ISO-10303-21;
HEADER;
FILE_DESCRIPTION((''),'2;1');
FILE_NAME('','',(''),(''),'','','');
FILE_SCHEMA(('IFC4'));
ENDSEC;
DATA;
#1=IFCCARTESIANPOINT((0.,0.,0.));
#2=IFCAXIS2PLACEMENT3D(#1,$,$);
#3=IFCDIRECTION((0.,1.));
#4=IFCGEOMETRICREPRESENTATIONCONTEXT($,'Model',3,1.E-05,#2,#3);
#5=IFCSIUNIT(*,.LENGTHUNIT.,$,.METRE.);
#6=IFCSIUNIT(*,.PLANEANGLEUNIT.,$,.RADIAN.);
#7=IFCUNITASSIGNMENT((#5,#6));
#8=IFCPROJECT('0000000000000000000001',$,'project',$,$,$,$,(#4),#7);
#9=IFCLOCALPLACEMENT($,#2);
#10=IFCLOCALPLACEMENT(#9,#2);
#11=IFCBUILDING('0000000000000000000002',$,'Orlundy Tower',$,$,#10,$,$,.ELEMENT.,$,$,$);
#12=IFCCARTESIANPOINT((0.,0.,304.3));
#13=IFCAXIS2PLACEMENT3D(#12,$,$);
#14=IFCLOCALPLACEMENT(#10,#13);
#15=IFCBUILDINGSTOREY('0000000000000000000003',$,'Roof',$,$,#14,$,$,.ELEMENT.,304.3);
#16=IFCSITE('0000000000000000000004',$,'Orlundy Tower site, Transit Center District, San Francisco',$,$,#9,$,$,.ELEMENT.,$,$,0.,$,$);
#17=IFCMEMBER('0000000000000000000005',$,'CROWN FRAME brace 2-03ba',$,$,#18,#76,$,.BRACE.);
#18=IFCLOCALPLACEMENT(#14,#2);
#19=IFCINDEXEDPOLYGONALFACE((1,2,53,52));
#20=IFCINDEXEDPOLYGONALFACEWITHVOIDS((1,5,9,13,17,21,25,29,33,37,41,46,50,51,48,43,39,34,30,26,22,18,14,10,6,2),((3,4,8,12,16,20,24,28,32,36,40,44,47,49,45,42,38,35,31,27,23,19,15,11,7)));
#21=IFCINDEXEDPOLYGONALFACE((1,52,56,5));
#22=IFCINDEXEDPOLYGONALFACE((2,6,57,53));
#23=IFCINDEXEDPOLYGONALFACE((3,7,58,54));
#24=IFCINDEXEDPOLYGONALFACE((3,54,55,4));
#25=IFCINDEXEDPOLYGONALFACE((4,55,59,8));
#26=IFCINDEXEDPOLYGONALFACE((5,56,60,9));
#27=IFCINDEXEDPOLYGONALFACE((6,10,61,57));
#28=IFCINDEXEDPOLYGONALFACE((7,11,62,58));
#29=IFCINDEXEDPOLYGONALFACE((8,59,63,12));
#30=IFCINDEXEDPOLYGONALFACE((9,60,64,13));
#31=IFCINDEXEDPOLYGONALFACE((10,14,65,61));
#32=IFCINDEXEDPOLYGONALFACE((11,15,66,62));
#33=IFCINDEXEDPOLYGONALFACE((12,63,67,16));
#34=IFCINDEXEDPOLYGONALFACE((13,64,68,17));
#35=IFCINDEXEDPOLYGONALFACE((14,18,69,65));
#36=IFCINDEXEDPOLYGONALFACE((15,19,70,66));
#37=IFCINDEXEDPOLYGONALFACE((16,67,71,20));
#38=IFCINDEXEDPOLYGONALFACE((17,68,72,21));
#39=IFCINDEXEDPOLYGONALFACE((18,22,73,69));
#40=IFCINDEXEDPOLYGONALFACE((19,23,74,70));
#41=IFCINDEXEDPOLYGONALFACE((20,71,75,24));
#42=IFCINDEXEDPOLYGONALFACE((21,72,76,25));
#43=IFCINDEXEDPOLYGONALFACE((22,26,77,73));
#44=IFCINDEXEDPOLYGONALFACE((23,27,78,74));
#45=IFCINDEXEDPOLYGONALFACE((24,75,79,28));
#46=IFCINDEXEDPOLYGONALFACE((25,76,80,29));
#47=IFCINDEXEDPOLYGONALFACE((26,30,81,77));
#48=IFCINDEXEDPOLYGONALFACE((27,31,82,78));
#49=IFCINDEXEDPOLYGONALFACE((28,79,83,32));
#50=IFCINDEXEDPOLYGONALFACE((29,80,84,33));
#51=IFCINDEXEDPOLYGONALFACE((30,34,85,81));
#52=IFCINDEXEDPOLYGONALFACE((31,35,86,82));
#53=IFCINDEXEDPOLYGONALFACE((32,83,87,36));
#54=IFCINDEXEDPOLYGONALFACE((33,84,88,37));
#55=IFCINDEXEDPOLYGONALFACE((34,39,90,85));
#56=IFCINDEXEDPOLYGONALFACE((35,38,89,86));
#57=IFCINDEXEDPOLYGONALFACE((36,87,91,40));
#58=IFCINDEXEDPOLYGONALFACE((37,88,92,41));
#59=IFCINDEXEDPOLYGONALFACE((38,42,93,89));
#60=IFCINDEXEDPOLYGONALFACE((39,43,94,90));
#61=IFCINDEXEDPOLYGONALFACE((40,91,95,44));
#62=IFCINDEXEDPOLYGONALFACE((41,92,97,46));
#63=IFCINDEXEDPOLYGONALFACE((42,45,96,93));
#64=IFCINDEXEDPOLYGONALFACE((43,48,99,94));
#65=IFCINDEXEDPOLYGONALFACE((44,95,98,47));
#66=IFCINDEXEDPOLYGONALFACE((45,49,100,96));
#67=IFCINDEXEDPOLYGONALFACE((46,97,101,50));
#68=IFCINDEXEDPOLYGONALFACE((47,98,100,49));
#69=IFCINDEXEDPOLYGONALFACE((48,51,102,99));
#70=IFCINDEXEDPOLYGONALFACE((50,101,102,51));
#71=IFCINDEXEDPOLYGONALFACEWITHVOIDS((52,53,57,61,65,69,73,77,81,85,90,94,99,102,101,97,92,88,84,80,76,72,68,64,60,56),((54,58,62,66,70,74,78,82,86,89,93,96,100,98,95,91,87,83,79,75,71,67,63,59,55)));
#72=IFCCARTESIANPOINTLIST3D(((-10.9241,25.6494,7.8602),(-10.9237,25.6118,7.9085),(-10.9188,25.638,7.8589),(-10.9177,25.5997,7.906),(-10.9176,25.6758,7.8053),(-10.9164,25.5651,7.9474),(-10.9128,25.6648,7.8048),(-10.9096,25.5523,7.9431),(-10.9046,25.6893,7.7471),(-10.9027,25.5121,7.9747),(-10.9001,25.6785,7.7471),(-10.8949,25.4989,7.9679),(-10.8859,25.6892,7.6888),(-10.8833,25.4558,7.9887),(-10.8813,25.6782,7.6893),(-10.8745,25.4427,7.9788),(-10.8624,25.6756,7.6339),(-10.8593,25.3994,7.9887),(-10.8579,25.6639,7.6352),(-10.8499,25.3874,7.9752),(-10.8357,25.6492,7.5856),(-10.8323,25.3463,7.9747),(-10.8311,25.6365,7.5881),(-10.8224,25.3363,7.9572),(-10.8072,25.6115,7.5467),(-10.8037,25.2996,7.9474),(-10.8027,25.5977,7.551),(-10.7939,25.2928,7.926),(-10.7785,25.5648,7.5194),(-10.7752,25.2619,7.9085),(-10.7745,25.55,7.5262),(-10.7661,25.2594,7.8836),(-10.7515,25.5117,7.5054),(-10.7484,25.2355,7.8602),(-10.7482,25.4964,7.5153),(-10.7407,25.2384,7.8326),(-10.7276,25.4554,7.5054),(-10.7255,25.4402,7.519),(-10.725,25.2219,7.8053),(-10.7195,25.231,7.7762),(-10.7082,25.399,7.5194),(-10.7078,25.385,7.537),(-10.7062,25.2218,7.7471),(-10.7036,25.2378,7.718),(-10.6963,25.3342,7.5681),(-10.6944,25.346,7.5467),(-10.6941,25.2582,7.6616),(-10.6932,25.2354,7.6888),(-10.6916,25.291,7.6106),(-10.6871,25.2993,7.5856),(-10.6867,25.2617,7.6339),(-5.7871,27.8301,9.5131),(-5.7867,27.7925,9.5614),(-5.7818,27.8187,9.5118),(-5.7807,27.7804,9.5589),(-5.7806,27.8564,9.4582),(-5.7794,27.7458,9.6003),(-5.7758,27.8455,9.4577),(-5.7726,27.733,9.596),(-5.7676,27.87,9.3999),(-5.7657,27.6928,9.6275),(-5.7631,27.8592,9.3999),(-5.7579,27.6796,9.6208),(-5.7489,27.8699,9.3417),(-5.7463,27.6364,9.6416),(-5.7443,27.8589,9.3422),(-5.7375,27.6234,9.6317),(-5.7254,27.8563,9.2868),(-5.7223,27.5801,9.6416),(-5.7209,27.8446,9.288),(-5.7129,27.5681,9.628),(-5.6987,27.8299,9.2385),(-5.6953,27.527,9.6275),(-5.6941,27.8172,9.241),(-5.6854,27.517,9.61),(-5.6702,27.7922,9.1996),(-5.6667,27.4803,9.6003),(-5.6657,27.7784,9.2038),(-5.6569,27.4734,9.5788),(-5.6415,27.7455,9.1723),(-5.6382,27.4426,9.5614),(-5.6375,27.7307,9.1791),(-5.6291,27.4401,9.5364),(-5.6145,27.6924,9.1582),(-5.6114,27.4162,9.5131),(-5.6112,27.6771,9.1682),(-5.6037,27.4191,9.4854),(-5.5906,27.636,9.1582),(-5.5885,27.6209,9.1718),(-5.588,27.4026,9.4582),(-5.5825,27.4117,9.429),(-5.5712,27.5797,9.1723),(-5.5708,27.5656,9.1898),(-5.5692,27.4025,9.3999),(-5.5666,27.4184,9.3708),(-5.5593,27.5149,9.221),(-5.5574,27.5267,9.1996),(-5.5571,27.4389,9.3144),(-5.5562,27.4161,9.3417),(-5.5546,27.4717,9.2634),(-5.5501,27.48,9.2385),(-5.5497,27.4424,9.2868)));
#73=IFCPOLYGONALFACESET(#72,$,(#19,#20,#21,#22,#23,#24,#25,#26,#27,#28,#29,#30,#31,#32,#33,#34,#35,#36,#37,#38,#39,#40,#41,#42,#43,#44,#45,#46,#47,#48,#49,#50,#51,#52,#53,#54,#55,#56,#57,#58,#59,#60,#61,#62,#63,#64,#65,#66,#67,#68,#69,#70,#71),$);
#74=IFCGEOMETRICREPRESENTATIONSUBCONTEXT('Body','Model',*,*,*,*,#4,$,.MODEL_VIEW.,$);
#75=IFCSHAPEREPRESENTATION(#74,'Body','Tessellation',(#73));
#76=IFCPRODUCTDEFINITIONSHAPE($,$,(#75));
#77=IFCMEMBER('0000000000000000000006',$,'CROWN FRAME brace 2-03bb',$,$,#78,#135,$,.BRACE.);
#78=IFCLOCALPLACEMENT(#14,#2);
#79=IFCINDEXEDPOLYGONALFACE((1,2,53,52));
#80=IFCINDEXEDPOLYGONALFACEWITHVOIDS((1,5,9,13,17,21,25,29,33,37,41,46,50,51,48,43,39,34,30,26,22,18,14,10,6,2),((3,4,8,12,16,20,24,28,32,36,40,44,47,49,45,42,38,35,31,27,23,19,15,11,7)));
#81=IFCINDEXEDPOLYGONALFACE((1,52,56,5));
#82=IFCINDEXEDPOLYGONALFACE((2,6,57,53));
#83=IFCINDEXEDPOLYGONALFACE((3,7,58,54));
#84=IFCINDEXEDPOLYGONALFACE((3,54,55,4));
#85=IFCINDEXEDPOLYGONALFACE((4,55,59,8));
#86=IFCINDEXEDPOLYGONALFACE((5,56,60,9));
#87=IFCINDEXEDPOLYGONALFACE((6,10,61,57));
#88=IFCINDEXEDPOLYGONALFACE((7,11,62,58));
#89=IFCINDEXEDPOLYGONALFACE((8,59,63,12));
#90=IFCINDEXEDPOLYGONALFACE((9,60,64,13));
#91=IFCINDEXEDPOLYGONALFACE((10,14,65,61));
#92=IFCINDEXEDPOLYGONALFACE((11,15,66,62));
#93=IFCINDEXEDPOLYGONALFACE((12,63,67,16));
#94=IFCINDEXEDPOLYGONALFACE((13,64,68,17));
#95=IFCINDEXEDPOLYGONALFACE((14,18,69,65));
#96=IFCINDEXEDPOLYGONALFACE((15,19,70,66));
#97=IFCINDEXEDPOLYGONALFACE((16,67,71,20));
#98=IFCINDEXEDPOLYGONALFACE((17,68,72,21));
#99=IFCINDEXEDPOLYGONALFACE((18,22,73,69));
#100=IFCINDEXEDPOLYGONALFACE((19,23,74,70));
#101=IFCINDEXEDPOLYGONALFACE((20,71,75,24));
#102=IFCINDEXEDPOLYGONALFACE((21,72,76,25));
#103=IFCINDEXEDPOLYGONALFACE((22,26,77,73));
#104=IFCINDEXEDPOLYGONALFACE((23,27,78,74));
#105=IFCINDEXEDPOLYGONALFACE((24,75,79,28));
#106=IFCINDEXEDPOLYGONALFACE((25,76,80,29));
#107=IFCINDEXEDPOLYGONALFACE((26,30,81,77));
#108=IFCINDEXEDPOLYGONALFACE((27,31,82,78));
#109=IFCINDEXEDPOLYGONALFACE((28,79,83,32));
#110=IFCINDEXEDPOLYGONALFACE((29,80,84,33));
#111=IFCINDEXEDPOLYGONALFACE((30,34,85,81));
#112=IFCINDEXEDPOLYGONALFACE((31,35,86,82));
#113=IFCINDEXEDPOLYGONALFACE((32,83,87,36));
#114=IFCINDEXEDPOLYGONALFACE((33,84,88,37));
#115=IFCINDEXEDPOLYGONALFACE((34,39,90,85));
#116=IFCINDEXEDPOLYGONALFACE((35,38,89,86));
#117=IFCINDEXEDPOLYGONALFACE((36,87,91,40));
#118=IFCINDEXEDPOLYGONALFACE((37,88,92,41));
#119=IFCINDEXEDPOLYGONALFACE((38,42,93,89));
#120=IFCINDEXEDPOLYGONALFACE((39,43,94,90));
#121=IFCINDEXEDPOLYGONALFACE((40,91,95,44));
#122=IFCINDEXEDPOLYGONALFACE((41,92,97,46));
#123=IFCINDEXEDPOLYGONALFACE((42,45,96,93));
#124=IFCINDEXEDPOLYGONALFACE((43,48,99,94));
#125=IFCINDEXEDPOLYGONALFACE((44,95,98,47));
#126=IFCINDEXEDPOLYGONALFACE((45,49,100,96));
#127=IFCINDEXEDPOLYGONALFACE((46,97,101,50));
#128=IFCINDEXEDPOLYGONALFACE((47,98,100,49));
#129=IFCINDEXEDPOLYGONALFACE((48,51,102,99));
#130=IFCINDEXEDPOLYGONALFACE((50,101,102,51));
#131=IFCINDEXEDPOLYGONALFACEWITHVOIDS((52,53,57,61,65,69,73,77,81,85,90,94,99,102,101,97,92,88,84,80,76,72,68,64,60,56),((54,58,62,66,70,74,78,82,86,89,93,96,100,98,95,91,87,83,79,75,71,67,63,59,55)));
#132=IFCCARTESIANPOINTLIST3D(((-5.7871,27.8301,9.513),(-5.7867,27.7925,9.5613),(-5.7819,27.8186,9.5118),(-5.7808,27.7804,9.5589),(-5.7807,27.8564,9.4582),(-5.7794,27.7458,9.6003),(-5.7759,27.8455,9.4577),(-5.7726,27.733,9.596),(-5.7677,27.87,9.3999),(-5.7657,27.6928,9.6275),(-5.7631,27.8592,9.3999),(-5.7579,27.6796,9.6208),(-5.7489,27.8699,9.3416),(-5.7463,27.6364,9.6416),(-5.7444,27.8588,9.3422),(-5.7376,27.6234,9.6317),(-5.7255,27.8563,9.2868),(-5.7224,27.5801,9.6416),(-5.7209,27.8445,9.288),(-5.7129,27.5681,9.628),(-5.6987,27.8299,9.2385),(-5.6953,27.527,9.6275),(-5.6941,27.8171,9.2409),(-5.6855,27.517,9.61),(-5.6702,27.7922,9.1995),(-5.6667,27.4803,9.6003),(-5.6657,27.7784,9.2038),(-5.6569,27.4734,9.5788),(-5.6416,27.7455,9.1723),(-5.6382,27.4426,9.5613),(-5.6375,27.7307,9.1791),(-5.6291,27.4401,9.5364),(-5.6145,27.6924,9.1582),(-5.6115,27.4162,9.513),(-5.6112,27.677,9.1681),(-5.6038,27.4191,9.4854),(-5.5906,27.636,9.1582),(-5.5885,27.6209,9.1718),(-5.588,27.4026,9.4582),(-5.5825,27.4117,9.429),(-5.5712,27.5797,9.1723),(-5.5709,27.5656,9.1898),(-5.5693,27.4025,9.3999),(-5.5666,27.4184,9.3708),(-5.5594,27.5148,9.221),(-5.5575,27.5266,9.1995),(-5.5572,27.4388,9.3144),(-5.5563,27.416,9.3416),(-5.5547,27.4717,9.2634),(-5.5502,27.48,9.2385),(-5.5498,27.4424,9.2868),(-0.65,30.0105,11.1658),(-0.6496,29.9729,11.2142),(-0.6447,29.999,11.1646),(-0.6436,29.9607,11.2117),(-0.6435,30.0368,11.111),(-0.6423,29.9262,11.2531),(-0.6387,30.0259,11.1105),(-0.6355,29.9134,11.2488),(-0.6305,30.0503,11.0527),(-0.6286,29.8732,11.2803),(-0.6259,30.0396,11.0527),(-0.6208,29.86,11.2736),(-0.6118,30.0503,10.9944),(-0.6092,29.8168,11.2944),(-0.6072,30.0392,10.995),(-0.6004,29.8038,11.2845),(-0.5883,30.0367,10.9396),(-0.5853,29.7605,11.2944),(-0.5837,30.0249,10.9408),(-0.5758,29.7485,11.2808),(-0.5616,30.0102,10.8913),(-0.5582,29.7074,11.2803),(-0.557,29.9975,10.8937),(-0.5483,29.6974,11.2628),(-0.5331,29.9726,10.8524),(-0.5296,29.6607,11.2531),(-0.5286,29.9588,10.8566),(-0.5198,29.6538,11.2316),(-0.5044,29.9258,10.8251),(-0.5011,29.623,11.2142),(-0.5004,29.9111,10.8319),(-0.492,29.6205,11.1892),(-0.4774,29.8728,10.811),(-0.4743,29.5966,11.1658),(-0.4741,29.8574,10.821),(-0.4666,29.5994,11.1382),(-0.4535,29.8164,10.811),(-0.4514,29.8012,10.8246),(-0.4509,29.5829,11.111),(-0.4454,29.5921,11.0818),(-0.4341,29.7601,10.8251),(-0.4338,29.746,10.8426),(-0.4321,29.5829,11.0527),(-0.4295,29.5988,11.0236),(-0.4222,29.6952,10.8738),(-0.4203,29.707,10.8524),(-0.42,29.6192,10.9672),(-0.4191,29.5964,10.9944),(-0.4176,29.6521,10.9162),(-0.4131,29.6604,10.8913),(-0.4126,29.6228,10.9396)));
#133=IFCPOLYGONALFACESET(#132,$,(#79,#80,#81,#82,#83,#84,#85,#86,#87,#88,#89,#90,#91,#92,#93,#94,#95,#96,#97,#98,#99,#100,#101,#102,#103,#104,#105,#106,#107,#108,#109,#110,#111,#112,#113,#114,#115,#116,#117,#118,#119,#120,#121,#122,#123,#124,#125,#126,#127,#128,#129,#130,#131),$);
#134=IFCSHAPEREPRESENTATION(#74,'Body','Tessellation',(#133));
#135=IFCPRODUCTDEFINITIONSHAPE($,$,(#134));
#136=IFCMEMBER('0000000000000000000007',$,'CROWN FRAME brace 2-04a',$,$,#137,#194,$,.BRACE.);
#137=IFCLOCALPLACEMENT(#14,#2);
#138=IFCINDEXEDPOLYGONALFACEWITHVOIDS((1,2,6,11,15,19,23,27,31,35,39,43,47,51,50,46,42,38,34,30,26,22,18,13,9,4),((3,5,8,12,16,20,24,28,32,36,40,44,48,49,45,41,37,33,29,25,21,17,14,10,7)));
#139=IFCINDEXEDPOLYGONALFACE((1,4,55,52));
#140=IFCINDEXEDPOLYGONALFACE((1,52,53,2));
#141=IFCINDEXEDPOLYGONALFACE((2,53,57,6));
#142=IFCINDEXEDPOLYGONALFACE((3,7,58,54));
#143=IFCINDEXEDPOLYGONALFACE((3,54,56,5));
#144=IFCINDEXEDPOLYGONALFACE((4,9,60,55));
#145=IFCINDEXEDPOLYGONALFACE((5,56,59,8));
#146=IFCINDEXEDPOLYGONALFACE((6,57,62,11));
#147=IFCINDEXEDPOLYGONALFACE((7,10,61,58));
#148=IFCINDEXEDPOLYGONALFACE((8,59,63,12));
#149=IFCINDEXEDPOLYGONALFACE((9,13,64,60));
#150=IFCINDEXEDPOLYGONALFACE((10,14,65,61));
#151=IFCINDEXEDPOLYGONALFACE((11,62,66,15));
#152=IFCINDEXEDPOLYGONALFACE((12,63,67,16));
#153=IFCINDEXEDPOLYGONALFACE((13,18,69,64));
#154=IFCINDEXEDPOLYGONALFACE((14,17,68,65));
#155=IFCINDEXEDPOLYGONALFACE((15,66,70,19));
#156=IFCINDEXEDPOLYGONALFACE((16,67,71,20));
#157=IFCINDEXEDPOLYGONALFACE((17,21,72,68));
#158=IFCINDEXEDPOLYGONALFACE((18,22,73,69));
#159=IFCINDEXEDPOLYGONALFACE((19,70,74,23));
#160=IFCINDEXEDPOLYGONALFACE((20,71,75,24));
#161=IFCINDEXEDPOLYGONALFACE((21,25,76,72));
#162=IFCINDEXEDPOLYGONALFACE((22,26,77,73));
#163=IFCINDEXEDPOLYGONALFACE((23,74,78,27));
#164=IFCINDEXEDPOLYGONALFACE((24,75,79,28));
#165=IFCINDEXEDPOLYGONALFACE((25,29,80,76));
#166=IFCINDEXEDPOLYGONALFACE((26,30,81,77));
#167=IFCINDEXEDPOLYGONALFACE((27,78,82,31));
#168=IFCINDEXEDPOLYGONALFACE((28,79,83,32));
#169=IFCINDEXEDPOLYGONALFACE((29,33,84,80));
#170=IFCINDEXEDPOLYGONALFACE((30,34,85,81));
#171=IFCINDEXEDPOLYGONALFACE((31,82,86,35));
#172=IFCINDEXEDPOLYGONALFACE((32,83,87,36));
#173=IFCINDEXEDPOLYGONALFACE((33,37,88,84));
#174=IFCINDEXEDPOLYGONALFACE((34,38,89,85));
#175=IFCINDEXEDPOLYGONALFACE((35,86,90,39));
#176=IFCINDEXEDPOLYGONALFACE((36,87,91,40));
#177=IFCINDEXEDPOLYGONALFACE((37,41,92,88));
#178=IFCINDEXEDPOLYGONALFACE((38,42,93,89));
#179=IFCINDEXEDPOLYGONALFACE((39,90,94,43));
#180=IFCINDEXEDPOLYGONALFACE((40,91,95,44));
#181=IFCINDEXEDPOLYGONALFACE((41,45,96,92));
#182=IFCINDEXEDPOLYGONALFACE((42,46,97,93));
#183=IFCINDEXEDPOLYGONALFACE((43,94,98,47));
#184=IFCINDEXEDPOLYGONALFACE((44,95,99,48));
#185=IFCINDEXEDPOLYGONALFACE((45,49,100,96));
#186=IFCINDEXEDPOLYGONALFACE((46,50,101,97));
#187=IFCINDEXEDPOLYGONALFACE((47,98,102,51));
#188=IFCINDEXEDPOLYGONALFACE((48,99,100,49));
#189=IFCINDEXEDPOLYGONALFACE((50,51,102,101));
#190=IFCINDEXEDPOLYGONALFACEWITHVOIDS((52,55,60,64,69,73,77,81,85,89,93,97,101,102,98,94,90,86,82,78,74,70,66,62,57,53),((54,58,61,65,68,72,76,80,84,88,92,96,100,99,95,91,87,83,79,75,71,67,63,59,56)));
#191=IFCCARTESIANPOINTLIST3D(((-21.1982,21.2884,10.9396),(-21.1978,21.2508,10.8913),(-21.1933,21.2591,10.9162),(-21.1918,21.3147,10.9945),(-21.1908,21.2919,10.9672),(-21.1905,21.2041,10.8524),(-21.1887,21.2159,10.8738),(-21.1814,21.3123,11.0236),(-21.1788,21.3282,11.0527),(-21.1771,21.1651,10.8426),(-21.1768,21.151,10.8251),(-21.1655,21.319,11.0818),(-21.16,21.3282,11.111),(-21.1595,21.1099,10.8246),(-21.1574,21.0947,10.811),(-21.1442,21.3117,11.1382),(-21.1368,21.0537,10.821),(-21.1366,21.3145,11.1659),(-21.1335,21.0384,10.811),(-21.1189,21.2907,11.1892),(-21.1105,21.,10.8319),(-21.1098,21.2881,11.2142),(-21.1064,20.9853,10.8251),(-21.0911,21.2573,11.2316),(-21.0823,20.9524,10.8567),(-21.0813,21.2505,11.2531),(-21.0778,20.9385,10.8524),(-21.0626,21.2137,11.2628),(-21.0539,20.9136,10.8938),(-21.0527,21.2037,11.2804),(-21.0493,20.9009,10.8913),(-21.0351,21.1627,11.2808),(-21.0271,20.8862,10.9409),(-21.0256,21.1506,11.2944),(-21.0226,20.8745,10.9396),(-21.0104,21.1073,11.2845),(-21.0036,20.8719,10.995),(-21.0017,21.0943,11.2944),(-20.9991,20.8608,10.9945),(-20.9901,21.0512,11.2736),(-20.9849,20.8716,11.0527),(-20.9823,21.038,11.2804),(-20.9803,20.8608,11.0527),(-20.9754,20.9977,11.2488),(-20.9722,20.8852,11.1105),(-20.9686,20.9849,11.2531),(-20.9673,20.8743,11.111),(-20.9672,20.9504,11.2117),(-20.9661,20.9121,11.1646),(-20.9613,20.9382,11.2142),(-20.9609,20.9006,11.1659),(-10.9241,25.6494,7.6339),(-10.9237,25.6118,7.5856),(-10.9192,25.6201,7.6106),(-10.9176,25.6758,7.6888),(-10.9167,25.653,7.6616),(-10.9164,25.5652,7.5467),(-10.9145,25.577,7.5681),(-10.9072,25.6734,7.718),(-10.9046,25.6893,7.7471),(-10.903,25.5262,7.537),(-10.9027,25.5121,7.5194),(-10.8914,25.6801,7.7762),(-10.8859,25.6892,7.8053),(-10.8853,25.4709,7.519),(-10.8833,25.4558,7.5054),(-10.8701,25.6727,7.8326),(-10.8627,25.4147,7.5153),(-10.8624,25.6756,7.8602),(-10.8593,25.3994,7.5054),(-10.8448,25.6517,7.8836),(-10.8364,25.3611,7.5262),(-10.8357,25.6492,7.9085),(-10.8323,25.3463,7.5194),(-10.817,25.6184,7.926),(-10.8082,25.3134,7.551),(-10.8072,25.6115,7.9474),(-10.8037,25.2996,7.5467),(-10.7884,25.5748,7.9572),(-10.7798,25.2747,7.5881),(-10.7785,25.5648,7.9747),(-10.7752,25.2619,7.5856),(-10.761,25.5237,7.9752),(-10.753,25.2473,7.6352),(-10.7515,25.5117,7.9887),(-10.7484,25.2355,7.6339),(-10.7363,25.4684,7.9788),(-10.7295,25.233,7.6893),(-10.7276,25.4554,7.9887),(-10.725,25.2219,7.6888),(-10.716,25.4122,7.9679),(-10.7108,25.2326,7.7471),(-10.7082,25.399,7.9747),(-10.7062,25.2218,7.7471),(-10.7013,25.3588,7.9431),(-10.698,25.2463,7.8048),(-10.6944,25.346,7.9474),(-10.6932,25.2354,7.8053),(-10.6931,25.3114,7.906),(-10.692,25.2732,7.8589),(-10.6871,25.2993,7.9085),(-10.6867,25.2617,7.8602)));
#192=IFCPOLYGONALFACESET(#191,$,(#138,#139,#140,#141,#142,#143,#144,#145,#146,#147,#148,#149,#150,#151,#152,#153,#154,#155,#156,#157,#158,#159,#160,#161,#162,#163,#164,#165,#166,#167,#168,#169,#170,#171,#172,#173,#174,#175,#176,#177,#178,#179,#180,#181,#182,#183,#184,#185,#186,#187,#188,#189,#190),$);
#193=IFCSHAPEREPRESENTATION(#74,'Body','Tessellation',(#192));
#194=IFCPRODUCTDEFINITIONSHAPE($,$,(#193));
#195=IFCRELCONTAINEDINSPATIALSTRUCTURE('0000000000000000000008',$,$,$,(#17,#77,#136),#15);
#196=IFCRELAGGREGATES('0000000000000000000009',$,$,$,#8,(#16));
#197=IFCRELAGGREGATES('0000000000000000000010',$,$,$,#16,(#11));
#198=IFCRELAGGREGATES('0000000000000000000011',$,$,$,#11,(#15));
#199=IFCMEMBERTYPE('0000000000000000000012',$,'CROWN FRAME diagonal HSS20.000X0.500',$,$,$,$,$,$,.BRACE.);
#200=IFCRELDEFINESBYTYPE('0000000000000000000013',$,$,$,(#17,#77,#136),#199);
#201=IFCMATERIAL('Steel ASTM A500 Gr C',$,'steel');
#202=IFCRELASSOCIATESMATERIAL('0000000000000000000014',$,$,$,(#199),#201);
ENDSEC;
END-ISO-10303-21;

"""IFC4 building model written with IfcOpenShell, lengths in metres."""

from ifc_helpers import new_model, si_unit, direction, frame, origin, origin_2d, place, context, subcontext, project, spatial, hollow_circle, extrude, material, material_profile, profile_set, type_object, element, save


model = new_model("IFC4")

# Units and contexts
model_context = context("Model", 3, precision=1e-05, world=origin(), true_north=direction((0.0, 1.0)))
body_context = subcontext(model_context, "Body", "Model", "MODEL_VIEW")
ifc_project = project(units=[si_unit("LENGTHUNIT", "METRE"), si_unit("PLANEANGLEUNIT", "RADIAN")], contexts=[model_context])

# Site, building, storey
site_placement = place(None, origin())
site = spatial("IfcSite", under=ifc_project, at=site_placement, Name="Orlundy Tower site, Transit Center District, San Francisco", CompositionType="ELEMENT", RefElevation=0.0)
building_placement = place(site_placement, origin())
building = spatial("IfcBuilding", under=site, at=building_placement, Name="Orlundy Tower", CompositionType="ELEMENT")
storey_placement = place(building_placement, frame((0.0, 0.0, 304.3)))
storey = spatial("IfcBuildingStorey", under=building, at=storey_placement, Name="Roof", CompositionType="ELEMENT", Elevation=304.3)

# Members
ifc_material_1 = material(Name="Steel ASTM A500 Gr C", Category="steel")
ifc_material_profile_1 = material_profile(ifc_material_1, hollow_circle(Radius=0.2539, WallThickness=0.0117, at=origin_2d()), Name="HSS20.000X0.500")
ifc_profile_set_1 = profile_set([ifc_material_profile_1], Name="Steel ASTM A500 Gr C")
member_type_1 = type_object("IfcMemberType", Name="CROWN FRAME diagonal HSS20.000X0.500", PredefinedType="BRACE", material=ifc_profile_set_1)
for number, where, z_axis, x_axis, name in (
    (1, (-10.8054, 25.4556, 7.7471), (0.882599, 0.374667, 0.283979), (-0.390754, 0.920495, 0.0), "CROWN FRAME brace 2-03ba"),
    (2, (-5.6685, 27.6362, 9.3999), (0.882622, 0.374617, 0.283973), (-0.390702, 0.920517, 0.0), "CROWN FRAME brace 2-03bb"),
):
    element("IfcMember", number, at=place(storey_placement, frame(where, z_axis=z_axis, x_axis=x_axis)), inside=storey, type_object=member_type_1, Name=name, PredefinedType="BRACE", context=body_context, shape_type="SweptSolid", body=[
        extrude(hollow_circle(Radius=0.2539, WallThickness=0.0117, at=origin_2d()), origin(), (0.0, 0.0, 1.0), 5.8203),
    ])
member_1_placement = place(storey_placement, frame((-10.8054, 25.4556, 7.7471), z_axis=(-0.88261, -0.374642, 0.283976), x_axis=(0.390728, -0.920506, 0.0)))
element("IfcMember", 3, at=member_1_placement, inside=storey, type_object=member_type_1, Name="CROWN FRAME brace 2-04a", PredefinedType="BRACE", context=body_context, shape_type="SweptSolid", body=[
    extrude(hollow_circle(Radius=0.2539, WallThickness=0.0117, at=origin_2d()), origin(), (0.0, 0.0, 1.0), 11.6406),
])

save(model, "model.ifc")
